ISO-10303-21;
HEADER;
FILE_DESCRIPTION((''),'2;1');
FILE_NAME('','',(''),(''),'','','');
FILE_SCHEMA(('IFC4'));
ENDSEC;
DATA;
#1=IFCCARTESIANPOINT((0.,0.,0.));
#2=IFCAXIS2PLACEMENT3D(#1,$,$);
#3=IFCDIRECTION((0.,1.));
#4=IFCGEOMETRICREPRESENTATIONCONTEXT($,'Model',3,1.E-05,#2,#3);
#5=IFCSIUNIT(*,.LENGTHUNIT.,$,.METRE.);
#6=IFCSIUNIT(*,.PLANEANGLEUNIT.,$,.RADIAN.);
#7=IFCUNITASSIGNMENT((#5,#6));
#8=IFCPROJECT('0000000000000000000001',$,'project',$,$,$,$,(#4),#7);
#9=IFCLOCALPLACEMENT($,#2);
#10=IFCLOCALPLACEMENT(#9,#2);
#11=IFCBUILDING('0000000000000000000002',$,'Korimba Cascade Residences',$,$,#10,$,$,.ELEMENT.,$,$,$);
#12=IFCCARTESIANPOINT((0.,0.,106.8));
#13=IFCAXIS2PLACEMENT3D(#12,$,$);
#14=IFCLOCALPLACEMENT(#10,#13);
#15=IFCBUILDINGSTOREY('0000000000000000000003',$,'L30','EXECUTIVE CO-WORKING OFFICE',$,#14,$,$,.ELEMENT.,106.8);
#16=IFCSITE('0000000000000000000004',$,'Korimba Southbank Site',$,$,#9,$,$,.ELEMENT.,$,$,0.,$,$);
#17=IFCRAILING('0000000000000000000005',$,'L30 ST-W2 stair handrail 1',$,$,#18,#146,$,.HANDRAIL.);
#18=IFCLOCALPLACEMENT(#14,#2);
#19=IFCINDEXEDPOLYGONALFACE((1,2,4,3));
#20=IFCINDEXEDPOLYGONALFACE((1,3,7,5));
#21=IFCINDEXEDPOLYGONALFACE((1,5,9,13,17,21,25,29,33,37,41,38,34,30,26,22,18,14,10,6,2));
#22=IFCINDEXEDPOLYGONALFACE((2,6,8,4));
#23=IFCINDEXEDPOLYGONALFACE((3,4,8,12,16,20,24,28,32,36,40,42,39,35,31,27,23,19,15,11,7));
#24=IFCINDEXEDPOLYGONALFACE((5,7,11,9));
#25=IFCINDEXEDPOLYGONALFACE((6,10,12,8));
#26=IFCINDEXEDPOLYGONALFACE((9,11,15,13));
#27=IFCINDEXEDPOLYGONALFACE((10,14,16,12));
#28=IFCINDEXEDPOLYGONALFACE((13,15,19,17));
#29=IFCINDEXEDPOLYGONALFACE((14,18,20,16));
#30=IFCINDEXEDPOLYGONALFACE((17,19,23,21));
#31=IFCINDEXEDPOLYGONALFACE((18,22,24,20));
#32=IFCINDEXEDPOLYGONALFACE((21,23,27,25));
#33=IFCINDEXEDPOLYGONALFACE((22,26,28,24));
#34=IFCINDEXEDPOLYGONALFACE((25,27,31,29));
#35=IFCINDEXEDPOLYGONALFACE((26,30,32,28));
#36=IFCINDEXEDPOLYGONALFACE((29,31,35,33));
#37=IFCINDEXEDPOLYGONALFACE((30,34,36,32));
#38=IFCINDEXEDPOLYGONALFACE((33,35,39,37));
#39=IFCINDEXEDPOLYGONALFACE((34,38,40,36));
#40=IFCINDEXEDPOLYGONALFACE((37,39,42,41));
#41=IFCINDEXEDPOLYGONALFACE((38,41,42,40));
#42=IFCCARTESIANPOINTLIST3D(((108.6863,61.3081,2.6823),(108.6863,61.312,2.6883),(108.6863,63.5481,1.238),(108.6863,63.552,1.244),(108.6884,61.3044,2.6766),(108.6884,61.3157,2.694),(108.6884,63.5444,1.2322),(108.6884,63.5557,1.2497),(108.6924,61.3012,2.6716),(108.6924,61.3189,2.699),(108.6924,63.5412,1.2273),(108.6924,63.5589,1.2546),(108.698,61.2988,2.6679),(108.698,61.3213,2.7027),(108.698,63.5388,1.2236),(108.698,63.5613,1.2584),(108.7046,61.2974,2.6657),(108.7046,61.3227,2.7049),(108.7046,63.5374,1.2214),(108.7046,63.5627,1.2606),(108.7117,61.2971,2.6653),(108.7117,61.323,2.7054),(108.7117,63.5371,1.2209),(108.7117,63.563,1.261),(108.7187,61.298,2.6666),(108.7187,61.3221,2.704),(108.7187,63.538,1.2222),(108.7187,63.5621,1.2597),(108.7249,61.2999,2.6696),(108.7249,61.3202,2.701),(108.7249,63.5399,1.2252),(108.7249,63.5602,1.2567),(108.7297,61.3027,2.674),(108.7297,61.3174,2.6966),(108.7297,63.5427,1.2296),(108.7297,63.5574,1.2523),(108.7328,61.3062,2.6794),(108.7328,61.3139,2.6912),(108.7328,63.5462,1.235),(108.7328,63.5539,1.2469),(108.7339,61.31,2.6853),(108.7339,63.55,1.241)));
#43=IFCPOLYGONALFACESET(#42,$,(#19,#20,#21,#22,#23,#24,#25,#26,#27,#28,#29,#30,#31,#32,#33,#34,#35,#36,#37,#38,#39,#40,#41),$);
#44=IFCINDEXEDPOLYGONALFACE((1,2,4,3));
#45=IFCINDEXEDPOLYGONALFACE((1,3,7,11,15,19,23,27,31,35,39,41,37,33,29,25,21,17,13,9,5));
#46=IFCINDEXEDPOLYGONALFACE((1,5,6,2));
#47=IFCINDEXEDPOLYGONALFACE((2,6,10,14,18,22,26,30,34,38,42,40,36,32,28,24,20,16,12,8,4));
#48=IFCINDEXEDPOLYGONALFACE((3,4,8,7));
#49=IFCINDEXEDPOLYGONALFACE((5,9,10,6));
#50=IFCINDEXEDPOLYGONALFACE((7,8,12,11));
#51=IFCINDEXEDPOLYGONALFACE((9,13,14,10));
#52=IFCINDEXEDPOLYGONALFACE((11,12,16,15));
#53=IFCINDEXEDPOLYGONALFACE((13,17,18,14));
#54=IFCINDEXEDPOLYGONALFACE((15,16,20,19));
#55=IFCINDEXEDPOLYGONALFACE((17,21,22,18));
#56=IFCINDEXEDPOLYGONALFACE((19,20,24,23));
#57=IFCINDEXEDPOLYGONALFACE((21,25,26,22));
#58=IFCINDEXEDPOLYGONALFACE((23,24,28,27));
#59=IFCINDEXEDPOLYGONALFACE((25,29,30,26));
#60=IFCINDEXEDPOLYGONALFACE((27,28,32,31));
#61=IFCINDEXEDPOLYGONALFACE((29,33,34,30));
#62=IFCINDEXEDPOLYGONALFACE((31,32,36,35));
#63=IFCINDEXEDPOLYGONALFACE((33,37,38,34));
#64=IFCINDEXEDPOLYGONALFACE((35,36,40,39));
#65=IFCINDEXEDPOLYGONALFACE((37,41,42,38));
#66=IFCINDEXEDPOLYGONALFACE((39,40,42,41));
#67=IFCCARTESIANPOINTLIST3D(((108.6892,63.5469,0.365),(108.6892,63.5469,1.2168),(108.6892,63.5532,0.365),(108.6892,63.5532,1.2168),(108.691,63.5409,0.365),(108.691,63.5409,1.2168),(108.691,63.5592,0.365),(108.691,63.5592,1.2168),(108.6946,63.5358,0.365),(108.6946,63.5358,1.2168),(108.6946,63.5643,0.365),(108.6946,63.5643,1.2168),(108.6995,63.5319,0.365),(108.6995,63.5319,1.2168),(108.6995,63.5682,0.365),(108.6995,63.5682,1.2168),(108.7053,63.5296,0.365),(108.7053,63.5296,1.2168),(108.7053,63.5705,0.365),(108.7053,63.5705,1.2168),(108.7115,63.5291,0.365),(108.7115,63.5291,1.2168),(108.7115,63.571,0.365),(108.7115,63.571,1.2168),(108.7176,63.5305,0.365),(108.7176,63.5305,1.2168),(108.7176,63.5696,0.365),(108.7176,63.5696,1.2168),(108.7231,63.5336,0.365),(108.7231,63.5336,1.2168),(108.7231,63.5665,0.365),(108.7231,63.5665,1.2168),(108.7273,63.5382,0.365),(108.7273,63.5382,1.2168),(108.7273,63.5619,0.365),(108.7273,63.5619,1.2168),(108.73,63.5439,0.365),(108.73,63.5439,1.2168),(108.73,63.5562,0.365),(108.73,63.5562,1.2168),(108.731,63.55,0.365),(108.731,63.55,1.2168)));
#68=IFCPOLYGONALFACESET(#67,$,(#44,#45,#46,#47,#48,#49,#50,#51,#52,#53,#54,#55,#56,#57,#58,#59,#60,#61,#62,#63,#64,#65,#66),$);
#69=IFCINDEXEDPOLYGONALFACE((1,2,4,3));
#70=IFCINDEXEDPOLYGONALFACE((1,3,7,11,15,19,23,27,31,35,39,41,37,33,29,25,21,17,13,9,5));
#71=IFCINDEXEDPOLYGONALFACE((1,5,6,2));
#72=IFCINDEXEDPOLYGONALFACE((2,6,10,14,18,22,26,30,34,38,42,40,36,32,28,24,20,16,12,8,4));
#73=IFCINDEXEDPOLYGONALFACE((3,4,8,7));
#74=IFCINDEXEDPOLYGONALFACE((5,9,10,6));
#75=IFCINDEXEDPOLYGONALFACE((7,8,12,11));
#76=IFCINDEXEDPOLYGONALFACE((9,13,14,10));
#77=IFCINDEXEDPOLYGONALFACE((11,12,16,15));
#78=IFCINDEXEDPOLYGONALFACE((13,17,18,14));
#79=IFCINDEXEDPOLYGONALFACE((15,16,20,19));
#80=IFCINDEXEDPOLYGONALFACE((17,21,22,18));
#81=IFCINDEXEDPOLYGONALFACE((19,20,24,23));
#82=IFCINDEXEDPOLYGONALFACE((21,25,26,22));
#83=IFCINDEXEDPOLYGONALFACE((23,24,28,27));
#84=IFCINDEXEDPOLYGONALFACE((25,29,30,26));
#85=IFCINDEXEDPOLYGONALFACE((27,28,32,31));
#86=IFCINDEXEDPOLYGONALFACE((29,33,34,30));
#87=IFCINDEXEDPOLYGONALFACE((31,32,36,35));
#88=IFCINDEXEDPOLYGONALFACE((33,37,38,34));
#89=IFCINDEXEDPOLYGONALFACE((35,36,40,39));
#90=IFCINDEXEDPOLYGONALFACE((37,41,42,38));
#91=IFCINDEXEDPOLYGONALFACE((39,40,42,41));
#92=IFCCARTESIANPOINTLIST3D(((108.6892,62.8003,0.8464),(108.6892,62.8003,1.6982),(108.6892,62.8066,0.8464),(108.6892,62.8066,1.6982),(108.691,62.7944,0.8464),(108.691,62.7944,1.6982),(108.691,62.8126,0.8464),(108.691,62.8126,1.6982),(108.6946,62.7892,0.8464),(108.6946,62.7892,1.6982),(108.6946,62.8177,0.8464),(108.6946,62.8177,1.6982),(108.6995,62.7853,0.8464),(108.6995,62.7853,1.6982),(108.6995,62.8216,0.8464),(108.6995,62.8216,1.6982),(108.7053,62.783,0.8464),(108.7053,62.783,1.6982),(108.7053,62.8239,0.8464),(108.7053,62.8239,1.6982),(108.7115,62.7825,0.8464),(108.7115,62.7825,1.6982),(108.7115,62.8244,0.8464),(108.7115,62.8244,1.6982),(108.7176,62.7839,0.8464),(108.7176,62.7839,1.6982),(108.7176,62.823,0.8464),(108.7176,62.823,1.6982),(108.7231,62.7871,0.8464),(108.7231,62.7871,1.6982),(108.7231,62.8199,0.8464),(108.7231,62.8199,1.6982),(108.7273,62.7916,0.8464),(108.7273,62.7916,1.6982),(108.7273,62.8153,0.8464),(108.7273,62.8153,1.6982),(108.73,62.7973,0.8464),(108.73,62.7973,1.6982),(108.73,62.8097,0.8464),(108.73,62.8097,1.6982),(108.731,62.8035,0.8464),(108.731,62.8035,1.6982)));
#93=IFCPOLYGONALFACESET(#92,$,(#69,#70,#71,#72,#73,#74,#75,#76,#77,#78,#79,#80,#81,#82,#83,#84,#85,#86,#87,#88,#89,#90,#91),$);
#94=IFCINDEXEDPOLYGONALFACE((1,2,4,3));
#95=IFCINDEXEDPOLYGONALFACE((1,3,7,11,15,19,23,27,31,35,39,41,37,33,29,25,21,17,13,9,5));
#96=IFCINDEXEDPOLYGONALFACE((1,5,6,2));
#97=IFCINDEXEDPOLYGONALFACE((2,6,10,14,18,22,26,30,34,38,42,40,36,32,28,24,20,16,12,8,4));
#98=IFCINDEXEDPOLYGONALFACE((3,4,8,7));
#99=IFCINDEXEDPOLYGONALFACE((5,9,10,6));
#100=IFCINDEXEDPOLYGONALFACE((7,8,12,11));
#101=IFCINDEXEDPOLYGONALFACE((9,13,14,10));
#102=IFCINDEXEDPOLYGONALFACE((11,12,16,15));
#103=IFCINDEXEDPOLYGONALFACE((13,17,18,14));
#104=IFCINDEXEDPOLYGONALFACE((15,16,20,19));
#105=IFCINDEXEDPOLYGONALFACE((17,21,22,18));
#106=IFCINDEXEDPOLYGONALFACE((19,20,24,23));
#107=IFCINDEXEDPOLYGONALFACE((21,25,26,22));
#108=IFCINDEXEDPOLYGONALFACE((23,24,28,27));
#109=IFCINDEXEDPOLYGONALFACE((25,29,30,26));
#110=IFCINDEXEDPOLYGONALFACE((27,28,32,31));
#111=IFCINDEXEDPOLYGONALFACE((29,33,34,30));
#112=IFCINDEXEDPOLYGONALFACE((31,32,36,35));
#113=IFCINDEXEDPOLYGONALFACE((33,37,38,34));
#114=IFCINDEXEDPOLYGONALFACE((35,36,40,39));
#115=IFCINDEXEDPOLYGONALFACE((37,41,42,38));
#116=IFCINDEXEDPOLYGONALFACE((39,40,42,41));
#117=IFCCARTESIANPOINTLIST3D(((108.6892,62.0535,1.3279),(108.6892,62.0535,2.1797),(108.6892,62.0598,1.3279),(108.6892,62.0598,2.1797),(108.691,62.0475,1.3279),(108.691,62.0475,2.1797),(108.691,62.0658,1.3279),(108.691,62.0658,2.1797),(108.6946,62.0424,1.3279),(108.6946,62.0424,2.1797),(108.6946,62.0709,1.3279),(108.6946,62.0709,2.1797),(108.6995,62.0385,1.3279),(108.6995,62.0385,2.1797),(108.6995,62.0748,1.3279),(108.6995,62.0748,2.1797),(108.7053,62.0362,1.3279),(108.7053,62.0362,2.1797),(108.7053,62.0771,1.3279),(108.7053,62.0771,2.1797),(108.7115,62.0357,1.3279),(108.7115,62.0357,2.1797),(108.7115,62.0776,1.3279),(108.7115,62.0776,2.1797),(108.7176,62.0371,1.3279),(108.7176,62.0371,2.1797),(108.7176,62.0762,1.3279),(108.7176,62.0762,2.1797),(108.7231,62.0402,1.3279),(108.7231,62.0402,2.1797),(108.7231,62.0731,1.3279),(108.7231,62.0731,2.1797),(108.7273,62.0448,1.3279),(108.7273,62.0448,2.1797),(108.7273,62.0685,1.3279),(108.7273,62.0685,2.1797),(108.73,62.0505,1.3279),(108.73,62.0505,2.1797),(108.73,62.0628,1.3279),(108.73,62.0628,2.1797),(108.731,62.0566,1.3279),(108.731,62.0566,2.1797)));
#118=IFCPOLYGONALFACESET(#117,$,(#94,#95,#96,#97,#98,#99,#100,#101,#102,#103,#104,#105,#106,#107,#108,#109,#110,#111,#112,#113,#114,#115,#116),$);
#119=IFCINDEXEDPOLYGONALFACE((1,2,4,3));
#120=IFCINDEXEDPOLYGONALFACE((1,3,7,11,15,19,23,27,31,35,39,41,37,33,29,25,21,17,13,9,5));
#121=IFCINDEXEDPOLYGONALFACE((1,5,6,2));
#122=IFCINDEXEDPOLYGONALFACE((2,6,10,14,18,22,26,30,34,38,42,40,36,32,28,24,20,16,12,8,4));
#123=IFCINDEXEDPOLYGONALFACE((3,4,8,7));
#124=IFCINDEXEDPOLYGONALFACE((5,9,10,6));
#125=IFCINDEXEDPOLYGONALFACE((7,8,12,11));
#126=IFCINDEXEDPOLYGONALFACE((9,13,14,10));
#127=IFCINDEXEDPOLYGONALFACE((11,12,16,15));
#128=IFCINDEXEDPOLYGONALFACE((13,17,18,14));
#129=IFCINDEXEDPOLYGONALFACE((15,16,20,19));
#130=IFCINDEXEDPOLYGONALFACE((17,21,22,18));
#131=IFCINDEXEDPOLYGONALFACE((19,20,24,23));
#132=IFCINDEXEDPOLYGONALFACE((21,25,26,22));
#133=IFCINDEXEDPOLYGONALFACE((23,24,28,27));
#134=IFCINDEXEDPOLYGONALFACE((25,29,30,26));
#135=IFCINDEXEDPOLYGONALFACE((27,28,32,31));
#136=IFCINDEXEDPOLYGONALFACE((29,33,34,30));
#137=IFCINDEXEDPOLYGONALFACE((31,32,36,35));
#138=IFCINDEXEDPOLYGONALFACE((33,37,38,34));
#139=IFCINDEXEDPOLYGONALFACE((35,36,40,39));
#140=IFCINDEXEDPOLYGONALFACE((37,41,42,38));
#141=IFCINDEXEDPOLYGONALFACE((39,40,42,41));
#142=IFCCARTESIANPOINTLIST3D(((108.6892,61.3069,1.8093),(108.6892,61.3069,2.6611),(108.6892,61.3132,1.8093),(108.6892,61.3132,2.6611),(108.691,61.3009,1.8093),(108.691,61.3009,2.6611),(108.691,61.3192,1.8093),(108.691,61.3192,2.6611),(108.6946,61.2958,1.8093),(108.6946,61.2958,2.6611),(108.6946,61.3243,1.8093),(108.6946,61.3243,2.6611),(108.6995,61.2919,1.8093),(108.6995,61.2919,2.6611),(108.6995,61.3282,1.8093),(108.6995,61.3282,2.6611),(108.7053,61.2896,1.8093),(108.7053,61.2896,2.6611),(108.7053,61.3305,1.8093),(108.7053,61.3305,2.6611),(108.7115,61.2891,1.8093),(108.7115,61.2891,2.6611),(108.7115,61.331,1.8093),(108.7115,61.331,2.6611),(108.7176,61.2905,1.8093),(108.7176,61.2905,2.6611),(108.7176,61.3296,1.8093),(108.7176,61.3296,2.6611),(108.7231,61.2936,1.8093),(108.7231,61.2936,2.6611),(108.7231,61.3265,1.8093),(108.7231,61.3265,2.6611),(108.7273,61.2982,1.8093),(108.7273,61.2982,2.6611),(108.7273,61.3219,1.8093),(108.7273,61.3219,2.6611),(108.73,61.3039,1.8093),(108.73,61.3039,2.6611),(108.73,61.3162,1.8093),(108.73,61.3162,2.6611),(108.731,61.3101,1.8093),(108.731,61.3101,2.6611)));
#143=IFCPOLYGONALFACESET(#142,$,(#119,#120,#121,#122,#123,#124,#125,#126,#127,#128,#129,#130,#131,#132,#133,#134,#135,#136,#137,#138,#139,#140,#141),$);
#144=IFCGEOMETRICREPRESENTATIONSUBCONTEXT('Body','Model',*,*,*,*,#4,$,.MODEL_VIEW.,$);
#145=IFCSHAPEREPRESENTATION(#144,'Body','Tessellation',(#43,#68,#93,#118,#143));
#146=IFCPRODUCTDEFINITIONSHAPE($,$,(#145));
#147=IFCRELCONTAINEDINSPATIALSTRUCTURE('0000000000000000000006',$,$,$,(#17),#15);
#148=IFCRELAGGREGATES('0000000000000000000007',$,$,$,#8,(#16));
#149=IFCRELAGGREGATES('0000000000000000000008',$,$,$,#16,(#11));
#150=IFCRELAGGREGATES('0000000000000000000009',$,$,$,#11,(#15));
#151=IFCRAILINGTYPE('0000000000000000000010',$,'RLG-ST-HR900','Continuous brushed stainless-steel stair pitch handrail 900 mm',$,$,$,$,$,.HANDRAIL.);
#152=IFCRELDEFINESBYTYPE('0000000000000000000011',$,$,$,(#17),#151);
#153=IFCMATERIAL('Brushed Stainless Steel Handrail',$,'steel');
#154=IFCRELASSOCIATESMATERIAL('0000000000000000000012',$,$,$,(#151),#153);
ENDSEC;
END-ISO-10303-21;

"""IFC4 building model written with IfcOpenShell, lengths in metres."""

from ifc_helpers import new_model, si_unit, direction, frame, origin, origin_2d, place, context, subcontext, project, spatial, circle, extrude, material, type_object, element, save


model = new_model("IFC4")

# Units and contexts
model_context = context("Model", 3, precision=1e-05, world=origin(), true_north=direction((0.0, 1.0)))
body_context = subcontext(model_context, "Body", "Model", "MODEL_VIEW")
ifc_project = project(units=[si_unit("LENGTHUNIT", "METRE"), si_unit("PLANEANGLEUNIT", "RADIAN")], contexts=[model_context])

# Site, building, storey
site_placement = place(None, origin())
site = spatial("IfcSite", under=ifc_project, at=site_placement, Name="Korimba Southbank Site", CompositionType="ELEMENT", RefElevation=0.0)
building_placement = place(site_placement, origin())
building = spatial("IfcBuilding", under=site, at=building_placement, Name="Korimba Cascade Residences", CompositionType="ELEMENT")
storey_placement = place(building_placement, frame((0.0, 0.0, 106.8)))
storey = spatial("IfcBuildingStorey", under=building, at=storey_placement, Name="L30", Description="EXECUTIVE CO-WORKING OFFICE", CompositionType="ELEMENT", Elevation=106.8)

# Railing
ifc_material_1 = material(Name="Brushed Stainless Steel Handrail", Category="steel")
railing_type_1 = type_object("IfcRailingType", Name="RLG-ST-HR900", Description="Continuous brushed stainless-steel stair pitch handrail 900 mm", PredefinedType="HANDRAIL", material=ifc_material_1)
railing_1_placement = place(storey_placement, frame((108.71, 63.55, 0.365)))
element("IfcRailing", 1, at=railing_1_placement, inside=storey, type_object=railing_type_1, Name="L30 ST-W2 stair handrail 1", PredefinedType="HANDRAIL", context=body_context, shape_type="SweptSolid", body=[
    extrude(circle(Radius=0.0239, at=origin_2d()), frame((0.0, 0.0, 0.876), z_axis=(0.0, -0.840437, 0.54191), x_axis=(1.0, 0.0, 0.0)), (0.0, 0.0, 1.0), 2.6653),
    extrude(circle(Radius=0.021, at=origin_2d()), origin(), (0.0, 0.0, 1.0), 0.8518),
    extrude(circle(Radius=0.021, at=origin_2d()), frame((0.0, -0.7466, 0.4814)), (0.0, 0.0, 1.0), 0.8518),
    extrude(circle(Radius=0.021, at=origin_2d()), frame((0.0, -1.4934, 0.9629)), (0.0, 0.0, 1.0), 0.8518),
    extrude(circle(Radius=0.021, at=origin_2d()), frame((0.0, -2.24, 1.4443)), (0.0, 0.0, 1.0), 0.8518),
])

save(model, "model.ifc")
